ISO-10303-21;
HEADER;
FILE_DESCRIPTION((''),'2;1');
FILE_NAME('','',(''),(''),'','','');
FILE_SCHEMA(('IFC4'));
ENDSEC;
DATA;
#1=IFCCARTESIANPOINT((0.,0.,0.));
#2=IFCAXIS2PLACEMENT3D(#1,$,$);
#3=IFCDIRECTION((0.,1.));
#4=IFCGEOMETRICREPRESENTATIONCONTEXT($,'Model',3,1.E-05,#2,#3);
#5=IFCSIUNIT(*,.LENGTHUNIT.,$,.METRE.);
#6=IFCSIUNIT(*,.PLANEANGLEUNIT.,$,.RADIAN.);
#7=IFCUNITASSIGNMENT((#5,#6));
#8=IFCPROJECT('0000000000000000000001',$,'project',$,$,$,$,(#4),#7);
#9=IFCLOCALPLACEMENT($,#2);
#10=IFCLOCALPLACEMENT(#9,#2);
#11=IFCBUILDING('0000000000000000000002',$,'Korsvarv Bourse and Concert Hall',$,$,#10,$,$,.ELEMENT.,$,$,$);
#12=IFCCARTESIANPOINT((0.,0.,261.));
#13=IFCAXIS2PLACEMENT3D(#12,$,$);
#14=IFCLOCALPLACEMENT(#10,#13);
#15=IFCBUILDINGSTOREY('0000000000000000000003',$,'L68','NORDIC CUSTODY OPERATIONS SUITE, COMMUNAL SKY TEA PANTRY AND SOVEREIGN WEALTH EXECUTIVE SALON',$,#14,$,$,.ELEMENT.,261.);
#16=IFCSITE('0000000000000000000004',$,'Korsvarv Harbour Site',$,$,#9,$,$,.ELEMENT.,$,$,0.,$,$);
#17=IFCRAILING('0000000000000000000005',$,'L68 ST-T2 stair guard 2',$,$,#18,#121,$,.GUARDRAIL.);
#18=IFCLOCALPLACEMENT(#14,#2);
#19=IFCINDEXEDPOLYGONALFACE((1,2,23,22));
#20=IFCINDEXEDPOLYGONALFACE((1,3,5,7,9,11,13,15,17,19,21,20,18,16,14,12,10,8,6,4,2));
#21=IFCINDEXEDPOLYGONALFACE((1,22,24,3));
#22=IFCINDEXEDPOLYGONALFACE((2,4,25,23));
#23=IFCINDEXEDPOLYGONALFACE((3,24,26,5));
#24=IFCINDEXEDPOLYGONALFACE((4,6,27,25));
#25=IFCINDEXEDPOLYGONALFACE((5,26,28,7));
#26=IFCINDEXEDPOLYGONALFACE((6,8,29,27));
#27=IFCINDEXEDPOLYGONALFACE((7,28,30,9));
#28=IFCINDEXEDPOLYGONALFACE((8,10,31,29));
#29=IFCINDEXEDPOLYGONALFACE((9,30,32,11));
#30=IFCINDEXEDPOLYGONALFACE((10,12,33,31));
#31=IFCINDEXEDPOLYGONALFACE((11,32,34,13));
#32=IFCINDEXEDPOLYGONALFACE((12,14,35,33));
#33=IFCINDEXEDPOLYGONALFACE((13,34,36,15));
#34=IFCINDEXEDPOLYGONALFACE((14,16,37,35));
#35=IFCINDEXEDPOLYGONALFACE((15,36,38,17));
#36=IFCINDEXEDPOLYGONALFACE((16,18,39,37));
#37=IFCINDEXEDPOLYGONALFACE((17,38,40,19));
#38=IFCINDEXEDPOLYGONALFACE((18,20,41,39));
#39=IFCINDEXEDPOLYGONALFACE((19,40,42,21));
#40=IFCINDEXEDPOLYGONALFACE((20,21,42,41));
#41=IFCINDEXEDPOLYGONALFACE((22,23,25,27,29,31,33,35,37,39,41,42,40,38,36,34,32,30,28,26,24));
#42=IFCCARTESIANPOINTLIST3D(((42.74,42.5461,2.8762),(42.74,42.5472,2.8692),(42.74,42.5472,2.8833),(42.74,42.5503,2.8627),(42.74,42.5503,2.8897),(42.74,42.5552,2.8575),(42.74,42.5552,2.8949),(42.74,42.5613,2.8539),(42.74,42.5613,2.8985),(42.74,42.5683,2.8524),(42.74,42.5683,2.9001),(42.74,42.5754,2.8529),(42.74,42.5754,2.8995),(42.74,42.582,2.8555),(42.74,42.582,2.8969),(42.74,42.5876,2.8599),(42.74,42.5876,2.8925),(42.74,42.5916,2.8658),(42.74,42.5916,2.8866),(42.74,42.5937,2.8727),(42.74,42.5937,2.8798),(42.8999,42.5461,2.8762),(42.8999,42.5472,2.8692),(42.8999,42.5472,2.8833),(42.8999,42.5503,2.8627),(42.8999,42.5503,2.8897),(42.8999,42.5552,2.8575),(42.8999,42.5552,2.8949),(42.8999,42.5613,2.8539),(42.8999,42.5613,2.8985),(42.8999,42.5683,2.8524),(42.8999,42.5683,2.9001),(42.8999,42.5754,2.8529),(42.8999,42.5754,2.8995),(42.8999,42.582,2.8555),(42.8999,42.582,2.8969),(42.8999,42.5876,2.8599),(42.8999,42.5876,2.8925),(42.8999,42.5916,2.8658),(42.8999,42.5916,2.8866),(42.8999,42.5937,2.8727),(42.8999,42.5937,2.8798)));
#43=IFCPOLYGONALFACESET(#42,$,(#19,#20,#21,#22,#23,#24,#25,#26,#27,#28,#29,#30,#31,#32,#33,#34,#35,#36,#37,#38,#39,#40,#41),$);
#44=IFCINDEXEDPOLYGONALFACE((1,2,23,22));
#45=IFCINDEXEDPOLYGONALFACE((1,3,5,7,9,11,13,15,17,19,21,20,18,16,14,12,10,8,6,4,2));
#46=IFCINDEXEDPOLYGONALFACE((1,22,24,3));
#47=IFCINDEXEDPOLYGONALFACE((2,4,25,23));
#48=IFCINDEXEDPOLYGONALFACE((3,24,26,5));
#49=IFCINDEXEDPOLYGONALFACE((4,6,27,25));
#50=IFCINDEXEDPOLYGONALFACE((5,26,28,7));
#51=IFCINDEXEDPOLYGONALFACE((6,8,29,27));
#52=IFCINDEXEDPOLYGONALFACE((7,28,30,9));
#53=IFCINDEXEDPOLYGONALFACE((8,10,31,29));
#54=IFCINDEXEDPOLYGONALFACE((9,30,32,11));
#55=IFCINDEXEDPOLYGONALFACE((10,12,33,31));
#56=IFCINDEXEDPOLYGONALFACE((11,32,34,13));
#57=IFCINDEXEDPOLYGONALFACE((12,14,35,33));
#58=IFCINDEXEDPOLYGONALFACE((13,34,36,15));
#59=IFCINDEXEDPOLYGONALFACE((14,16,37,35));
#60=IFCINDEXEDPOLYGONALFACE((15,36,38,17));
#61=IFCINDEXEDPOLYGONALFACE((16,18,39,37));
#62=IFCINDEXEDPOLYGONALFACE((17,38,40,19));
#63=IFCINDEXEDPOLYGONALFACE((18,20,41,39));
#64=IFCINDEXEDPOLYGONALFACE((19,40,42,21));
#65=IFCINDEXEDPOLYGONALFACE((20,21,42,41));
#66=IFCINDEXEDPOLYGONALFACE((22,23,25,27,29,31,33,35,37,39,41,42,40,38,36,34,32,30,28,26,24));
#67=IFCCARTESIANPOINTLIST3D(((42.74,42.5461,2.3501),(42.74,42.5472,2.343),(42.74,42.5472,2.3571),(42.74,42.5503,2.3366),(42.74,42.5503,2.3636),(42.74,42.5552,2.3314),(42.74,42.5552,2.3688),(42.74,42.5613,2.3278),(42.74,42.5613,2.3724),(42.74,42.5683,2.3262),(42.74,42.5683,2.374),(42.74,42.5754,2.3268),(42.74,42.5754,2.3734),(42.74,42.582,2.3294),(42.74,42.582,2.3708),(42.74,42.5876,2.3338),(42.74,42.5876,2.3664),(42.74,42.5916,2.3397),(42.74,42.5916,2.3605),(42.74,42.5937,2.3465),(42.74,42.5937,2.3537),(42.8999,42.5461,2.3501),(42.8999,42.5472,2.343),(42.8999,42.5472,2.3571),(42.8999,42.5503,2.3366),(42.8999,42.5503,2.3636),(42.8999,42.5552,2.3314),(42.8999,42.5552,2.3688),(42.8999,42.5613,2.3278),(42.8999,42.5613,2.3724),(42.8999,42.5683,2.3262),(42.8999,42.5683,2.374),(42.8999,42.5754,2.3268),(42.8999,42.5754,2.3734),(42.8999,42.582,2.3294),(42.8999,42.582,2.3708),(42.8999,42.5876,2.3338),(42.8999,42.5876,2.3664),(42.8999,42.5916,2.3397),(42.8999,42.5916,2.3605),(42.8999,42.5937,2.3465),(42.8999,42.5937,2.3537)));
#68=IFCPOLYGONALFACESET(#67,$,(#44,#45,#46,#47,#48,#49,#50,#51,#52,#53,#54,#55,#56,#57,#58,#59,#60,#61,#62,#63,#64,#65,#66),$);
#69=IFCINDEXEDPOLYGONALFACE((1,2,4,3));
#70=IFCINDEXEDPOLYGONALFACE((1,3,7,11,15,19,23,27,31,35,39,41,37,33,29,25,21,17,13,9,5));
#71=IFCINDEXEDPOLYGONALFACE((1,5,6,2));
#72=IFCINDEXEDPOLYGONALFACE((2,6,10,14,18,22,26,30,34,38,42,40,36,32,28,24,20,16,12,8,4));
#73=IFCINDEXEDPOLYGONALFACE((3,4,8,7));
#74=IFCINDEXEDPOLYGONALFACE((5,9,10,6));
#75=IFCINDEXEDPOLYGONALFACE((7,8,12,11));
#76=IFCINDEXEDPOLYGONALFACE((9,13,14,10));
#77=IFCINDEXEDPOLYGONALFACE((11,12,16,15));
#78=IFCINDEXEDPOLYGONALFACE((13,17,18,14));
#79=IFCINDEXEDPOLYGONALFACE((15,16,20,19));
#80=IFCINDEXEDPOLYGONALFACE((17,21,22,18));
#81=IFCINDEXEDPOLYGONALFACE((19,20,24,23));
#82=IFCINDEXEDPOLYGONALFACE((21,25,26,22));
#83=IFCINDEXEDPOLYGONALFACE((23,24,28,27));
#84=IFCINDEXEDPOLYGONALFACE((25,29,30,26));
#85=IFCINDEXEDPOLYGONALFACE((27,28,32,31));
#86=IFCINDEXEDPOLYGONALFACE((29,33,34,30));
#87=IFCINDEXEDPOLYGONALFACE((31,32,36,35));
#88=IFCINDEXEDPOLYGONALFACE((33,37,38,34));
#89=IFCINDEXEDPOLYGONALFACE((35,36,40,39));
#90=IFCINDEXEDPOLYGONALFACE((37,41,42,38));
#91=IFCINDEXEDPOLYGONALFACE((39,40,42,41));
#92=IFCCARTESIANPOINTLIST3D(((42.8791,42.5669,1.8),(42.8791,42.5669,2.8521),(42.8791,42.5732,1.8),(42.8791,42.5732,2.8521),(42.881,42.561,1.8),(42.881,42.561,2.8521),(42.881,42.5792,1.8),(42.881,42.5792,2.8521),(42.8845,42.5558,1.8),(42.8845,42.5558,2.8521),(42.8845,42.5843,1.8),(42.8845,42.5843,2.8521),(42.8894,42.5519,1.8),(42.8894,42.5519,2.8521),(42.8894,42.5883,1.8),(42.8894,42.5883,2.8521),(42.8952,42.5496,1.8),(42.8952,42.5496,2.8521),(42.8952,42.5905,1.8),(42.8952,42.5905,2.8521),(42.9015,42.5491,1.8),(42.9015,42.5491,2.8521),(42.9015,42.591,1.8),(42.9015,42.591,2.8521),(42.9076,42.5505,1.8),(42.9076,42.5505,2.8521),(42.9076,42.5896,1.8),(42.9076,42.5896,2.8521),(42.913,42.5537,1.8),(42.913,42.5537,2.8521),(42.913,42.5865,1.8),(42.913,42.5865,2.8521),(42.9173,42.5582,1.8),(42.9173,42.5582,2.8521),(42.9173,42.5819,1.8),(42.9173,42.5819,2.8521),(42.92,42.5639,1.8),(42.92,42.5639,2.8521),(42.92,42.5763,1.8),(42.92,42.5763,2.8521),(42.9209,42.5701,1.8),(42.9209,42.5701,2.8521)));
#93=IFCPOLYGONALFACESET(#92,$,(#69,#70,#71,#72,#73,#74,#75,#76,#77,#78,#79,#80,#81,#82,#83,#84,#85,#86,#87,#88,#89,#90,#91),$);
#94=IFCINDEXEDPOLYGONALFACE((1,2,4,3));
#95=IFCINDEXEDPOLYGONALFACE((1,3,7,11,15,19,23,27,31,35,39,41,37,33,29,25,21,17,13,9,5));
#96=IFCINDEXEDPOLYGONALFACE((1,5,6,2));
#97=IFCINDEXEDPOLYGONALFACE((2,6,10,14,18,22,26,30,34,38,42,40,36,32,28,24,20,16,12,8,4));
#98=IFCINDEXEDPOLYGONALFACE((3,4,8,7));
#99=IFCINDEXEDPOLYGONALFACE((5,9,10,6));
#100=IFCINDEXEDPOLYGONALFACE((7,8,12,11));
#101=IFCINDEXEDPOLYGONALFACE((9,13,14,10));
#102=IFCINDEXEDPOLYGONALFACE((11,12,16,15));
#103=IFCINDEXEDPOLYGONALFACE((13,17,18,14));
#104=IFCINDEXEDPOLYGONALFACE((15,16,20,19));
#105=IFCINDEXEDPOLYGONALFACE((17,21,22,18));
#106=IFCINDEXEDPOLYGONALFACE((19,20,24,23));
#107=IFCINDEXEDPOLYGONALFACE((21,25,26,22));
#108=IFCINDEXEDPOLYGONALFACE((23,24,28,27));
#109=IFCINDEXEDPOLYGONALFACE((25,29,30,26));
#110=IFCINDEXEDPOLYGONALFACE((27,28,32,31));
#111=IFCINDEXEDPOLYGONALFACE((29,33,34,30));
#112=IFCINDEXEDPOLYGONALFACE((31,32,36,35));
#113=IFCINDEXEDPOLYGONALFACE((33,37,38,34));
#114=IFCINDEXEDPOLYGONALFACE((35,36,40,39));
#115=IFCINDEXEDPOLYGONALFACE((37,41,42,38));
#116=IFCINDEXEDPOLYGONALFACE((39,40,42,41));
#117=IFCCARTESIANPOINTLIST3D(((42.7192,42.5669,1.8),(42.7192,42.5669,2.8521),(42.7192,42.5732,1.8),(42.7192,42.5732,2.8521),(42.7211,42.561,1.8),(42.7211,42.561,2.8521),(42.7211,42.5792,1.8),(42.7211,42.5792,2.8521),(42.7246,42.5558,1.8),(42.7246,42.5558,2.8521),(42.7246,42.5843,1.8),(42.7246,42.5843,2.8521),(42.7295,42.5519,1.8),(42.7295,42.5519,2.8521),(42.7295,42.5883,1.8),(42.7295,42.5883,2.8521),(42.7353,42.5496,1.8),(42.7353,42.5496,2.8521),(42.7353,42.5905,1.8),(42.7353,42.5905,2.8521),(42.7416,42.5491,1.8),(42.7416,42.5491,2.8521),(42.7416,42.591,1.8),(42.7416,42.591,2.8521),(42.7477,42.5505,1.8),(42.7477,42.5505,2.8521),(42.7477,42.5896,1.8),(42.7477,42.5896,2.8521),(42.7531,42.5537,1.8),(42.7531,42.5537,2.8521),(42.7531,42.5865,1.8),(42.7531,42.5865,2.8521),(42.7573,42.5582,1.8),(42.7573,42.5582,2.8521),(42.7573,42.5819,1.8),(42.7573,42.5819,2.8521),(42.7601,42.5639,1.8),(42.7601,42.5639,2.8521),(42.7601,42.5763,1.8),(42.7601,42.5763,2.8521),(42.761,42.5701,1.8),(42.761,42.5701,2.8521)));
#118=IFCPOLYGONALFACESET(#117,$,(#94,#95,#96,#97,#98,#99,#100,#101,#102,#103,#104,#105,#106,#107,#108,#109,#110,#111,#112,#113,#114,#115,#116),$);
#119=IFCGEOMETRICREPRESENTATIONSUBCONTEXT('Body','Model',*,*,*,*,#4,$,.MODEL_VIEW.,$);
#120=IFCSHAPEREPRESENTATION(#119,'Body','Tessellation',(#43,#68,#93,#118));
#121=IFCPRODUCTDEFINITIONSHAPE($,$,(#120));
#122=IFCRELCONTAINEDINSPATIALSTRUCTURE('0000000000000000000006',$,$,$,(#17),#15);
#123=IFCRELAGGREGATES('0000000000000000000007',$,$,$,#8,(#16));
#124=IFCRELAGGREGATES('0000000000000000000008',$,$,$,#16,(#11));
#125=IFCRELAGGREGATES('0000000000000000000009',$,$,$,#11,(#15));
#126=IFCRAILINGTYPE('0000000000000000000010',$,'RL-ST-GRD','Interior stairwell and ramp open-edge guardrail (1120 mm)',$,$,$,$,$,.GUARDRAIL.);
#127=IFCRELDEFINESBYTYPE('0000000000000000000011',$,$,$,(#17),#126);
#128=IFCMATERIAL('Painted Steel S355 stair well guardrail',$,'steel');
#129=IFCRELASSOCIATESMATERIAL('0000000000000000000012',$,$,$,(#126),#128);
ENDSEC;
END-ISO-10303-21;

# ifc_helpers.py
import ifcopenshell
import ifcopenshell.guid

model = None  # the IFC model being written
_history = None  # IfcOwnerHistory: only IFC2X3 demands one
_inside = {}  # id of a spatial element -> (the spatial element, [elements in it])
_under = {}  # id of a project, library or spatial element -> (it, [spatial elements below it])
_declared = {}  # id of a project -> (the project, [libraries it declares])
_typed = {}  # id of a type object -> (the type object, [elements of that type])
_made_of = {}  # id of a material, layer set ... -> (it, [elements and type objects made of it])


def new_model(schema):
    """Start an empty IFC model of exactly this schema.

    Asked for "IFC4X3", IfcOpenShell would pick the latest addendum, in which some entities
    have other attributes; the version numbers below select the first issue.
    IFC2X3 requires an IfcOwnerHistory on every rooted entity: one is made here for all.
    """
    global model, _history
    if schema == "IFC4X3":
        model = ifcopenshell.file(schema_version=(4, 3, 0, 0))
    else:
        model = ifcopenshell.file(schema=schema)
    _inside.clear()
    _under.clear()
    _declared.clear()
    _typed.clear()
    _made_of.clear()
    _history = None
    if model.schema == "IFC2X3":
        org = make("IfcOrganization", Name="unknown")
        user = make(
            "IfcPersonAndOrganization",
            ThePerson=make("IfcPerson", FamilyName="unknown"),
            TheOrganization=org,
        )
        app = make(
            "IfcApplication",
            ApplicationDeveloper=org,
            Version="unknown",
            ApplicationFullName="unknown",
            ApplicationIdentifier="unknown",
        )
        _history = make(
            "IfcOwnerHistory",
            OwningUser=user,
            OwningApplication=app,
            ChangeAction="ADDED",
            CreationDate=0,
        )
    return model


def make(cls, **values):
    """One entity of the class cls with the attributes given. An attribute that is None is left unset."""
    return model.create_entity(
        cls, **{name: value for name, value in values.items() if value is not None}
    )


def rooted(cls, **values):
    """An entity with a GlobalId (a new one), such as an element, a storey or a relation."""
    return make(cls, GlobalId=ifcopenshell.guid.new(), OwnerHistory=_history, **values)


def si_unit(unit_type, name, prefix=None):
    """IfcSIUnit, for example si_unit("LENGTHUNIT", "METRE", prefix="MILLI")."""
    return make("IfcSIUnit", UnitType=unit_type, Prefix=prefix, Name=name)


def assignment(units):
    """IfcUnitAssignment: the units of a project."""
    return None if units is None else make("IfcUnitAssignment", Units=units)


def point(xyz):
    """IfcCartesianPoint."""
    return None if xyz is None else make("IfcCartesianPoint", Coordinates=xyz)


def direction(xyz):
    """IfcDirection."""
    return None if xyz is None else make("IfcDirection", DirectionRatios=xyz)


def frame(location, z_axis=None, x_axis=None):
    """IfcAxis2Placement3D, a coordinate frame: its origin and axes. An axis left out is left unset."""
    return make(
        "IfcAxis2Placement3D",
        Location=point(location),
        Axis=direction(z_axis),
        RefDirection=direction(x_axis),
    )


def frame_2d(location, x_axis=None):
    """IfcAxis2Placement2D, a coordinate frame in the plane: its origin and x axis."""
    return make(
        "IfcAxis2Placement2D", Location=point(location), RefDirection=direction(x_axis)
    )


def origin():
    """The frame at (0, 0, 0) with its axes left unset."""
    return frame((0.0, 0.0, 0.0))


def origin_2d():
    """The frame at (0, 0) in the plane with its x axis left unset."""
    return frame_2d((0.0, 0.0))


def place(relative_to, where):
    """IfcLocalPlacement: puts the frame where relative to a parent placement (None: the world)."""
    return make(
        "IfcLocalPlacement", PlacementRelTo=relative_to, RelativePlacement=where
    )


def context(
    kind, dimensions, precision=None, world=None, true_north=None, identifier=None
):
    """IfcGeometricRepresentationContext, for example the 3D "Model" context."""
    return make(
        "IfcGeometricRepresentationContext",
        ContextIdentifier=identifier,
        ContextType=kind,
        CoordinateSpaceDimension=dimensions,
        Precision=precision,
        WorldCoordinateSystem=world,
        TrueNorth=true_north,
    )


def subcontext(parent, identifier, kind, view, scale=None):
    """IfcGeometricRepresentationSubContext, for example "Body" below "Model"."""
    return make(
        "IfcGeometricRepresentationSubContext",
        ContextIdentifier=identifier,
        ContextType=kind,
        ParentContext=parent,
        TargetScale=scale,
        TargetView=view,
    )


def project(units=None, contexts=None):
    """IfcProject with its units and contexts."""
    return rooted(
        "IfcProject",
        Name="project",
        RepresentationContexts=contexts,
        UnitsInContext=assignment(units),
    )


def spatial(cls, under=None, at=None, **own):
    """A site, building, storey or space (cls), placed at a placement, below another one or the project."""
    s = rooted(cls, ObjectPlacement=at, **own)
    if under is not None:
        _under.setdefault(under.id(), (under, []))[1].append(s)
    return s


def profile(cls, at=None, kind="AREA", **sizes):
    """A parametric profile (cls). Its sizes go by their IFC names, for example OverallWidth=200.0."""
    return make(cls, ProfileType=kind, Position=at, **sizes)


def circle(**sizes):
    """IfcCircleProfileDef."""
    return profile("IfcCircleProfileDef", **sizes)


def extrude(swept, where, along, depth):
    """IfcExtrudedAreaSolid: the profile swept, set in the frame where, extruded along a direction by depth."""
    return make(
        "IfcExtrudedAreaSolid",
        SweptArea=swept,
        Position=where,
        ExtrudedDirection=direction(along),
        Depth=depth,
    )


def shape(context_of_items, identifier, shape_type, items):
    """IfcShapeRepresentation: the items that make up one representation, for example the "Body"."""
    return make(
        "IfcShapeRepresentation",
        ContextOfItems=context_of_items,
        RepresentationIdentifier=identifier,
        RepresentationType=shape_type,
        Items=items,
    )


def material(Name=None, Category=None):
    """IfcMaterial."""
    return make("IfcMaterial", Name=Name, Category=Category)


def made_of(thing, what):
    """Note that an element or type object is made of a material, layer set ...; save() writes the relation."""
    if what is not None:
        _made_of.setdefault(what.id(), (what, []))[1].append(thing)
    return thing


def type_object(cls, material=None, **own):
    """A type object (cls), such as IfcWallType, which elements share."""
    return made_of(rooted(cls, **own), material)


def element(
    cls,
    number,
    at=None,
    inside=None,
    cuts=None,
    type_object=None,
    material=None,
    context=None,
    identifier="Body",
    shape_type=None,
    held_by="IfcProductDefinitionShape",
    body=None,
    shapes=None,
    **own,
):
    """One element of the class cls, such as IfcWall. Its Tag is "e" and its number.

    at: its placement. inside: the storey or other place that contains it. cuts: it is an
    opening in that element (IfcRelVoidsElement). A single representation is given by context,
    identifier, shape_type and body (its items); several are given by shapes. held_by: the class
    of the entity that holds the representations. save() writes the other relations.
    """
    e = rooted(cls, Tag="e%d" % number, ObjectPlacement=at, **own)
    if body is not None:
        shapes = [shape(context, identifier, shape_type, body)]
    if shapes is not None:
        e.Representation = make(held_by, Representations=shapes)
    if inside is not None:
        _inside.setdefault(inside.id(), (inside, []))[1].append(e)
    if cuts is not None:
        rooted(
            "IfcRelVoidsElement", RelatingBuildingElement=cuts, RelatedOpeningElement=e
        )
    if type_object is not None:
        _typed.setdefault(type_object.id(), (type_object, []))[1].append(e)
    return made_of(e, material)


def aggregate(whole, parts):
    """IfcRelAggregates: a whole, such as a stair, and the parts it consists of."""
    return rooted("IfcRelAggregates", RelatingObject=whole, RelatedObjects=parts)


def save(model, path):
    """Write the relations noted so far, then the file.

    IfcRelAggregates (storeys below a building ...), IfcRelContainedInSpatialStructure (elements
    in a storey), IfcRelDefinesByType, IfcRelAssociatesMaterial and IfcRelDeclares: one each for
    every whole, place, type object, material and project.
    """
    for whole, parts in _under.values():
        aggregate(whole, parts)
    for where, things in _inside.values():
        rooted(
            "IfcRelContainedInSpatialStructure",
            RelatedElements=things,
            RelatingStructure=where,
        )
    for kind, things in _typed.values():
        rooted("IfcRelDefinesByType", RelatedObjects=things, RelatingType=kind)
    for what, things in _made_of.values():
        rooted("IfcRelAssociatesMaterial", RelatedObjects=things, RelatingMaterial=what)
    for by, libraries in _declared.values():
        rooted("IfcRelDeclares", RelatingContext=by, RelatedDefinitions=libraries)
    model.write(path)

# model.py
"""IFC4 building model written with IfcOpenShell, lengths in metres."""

from ifc_helpers import new_model, si_unit, direction, frame, origin, origin_2d, place, context, subcontext, project, spatial, circle, extrude, material, type_object, element, save


model = new_model("IFC4")

# Units and contexts
model_context = context("Model", 3, precision=1e-05, world=origin(), true_north=direction((0.0, 1.0)))
body_context = subcontext(model_context, "Body", "Model", "MODEL_VIEW")
ifc_project = project(units=[si_unit("LENGTHUNIT", "METRE"), si_unit("PLANEANGLEUNIT", "RADIAN")], contexts=[model_context])

# Site, building, storey
site_placement = place(None, origin())
site = spatial("IfcSite", under=ifc_project, at=site_placement, Name="Korsvarv Harbour Site", CompositionType="ELEMENT", RefElevation=0.0)
building_placement = place(site_placement, origin())
building = spatial("IfcBuilding", under=site, at=building_placement, Name="Korsvarv Bourse and Concert Hall", CompositionType="ELEMENT")
storey_placement = place(building_placement, frame((0.0, 0.0, 261.0)))
storey = spatial("IfcBuildingStorey", under=building, at=storey_placement, Name="L68", Description="NORDIC CUSTODY OPERATIONS SUITE, COMMUNAL SKY TEA PANTRY AND SOVEREIGN WEALTH EXECUTIVE SALON", CompositionType="ELEMENT", Elevation=261.0)

# Railing
ifc_material_1 = material(Name="Painted Steel S355 stair well guardrail", Category="steel")
railing_type_1 = type_object("IfcRailingType", Name="RL-ST-GRD", Description="Interior stairwell and ramp open-edge guardrail (1120 mm)", PredefinedType="GUARDRAIL", material=ifc_material_1)
railing_1_placement = place(storey_placement, frame((42.8999, 42.5701, 1.8)))
element("IfcRailing", 1, at=railing_1_placement, inside=storey, type_object=railing_type_1, Name="L68 ST-T2 stair guard 2", PredefinedType="GUARDRAIL", context=body_context, shape_type="SweptSolid", body=[
    extrude(circle(Radius=0.0239, at=origin_2d()), frame((0.0, 0.0, 1.0762), z_axis=(-1.0, 0.0, 0.0), x_axis=(0.0, -1.0, 0.0)), (0.0, 0.0, 1.0), 0.1599),
    extrude(circle(Radius=0.0239, at=origin_2d()), frame((0.0, 0.0, 0.55), z_axis=(-1.0, 0.0, 0.0), x_axis=(0.0, -1.0, 0.0)), (0.0, 0.0, 1.0), 0.1599),
    extrude(circle(Radius=0.021, at=origin_2d()), origin(), (0.0, 0.0, 1.0), 1.052),
    extrude(circle(Radius=0.021, at=origin_2d()), frame((-0.1599, 0.0, 0.0)), (0.0, 0.0, 1.0), 1.052),
])

save(model, "model.ifc")
